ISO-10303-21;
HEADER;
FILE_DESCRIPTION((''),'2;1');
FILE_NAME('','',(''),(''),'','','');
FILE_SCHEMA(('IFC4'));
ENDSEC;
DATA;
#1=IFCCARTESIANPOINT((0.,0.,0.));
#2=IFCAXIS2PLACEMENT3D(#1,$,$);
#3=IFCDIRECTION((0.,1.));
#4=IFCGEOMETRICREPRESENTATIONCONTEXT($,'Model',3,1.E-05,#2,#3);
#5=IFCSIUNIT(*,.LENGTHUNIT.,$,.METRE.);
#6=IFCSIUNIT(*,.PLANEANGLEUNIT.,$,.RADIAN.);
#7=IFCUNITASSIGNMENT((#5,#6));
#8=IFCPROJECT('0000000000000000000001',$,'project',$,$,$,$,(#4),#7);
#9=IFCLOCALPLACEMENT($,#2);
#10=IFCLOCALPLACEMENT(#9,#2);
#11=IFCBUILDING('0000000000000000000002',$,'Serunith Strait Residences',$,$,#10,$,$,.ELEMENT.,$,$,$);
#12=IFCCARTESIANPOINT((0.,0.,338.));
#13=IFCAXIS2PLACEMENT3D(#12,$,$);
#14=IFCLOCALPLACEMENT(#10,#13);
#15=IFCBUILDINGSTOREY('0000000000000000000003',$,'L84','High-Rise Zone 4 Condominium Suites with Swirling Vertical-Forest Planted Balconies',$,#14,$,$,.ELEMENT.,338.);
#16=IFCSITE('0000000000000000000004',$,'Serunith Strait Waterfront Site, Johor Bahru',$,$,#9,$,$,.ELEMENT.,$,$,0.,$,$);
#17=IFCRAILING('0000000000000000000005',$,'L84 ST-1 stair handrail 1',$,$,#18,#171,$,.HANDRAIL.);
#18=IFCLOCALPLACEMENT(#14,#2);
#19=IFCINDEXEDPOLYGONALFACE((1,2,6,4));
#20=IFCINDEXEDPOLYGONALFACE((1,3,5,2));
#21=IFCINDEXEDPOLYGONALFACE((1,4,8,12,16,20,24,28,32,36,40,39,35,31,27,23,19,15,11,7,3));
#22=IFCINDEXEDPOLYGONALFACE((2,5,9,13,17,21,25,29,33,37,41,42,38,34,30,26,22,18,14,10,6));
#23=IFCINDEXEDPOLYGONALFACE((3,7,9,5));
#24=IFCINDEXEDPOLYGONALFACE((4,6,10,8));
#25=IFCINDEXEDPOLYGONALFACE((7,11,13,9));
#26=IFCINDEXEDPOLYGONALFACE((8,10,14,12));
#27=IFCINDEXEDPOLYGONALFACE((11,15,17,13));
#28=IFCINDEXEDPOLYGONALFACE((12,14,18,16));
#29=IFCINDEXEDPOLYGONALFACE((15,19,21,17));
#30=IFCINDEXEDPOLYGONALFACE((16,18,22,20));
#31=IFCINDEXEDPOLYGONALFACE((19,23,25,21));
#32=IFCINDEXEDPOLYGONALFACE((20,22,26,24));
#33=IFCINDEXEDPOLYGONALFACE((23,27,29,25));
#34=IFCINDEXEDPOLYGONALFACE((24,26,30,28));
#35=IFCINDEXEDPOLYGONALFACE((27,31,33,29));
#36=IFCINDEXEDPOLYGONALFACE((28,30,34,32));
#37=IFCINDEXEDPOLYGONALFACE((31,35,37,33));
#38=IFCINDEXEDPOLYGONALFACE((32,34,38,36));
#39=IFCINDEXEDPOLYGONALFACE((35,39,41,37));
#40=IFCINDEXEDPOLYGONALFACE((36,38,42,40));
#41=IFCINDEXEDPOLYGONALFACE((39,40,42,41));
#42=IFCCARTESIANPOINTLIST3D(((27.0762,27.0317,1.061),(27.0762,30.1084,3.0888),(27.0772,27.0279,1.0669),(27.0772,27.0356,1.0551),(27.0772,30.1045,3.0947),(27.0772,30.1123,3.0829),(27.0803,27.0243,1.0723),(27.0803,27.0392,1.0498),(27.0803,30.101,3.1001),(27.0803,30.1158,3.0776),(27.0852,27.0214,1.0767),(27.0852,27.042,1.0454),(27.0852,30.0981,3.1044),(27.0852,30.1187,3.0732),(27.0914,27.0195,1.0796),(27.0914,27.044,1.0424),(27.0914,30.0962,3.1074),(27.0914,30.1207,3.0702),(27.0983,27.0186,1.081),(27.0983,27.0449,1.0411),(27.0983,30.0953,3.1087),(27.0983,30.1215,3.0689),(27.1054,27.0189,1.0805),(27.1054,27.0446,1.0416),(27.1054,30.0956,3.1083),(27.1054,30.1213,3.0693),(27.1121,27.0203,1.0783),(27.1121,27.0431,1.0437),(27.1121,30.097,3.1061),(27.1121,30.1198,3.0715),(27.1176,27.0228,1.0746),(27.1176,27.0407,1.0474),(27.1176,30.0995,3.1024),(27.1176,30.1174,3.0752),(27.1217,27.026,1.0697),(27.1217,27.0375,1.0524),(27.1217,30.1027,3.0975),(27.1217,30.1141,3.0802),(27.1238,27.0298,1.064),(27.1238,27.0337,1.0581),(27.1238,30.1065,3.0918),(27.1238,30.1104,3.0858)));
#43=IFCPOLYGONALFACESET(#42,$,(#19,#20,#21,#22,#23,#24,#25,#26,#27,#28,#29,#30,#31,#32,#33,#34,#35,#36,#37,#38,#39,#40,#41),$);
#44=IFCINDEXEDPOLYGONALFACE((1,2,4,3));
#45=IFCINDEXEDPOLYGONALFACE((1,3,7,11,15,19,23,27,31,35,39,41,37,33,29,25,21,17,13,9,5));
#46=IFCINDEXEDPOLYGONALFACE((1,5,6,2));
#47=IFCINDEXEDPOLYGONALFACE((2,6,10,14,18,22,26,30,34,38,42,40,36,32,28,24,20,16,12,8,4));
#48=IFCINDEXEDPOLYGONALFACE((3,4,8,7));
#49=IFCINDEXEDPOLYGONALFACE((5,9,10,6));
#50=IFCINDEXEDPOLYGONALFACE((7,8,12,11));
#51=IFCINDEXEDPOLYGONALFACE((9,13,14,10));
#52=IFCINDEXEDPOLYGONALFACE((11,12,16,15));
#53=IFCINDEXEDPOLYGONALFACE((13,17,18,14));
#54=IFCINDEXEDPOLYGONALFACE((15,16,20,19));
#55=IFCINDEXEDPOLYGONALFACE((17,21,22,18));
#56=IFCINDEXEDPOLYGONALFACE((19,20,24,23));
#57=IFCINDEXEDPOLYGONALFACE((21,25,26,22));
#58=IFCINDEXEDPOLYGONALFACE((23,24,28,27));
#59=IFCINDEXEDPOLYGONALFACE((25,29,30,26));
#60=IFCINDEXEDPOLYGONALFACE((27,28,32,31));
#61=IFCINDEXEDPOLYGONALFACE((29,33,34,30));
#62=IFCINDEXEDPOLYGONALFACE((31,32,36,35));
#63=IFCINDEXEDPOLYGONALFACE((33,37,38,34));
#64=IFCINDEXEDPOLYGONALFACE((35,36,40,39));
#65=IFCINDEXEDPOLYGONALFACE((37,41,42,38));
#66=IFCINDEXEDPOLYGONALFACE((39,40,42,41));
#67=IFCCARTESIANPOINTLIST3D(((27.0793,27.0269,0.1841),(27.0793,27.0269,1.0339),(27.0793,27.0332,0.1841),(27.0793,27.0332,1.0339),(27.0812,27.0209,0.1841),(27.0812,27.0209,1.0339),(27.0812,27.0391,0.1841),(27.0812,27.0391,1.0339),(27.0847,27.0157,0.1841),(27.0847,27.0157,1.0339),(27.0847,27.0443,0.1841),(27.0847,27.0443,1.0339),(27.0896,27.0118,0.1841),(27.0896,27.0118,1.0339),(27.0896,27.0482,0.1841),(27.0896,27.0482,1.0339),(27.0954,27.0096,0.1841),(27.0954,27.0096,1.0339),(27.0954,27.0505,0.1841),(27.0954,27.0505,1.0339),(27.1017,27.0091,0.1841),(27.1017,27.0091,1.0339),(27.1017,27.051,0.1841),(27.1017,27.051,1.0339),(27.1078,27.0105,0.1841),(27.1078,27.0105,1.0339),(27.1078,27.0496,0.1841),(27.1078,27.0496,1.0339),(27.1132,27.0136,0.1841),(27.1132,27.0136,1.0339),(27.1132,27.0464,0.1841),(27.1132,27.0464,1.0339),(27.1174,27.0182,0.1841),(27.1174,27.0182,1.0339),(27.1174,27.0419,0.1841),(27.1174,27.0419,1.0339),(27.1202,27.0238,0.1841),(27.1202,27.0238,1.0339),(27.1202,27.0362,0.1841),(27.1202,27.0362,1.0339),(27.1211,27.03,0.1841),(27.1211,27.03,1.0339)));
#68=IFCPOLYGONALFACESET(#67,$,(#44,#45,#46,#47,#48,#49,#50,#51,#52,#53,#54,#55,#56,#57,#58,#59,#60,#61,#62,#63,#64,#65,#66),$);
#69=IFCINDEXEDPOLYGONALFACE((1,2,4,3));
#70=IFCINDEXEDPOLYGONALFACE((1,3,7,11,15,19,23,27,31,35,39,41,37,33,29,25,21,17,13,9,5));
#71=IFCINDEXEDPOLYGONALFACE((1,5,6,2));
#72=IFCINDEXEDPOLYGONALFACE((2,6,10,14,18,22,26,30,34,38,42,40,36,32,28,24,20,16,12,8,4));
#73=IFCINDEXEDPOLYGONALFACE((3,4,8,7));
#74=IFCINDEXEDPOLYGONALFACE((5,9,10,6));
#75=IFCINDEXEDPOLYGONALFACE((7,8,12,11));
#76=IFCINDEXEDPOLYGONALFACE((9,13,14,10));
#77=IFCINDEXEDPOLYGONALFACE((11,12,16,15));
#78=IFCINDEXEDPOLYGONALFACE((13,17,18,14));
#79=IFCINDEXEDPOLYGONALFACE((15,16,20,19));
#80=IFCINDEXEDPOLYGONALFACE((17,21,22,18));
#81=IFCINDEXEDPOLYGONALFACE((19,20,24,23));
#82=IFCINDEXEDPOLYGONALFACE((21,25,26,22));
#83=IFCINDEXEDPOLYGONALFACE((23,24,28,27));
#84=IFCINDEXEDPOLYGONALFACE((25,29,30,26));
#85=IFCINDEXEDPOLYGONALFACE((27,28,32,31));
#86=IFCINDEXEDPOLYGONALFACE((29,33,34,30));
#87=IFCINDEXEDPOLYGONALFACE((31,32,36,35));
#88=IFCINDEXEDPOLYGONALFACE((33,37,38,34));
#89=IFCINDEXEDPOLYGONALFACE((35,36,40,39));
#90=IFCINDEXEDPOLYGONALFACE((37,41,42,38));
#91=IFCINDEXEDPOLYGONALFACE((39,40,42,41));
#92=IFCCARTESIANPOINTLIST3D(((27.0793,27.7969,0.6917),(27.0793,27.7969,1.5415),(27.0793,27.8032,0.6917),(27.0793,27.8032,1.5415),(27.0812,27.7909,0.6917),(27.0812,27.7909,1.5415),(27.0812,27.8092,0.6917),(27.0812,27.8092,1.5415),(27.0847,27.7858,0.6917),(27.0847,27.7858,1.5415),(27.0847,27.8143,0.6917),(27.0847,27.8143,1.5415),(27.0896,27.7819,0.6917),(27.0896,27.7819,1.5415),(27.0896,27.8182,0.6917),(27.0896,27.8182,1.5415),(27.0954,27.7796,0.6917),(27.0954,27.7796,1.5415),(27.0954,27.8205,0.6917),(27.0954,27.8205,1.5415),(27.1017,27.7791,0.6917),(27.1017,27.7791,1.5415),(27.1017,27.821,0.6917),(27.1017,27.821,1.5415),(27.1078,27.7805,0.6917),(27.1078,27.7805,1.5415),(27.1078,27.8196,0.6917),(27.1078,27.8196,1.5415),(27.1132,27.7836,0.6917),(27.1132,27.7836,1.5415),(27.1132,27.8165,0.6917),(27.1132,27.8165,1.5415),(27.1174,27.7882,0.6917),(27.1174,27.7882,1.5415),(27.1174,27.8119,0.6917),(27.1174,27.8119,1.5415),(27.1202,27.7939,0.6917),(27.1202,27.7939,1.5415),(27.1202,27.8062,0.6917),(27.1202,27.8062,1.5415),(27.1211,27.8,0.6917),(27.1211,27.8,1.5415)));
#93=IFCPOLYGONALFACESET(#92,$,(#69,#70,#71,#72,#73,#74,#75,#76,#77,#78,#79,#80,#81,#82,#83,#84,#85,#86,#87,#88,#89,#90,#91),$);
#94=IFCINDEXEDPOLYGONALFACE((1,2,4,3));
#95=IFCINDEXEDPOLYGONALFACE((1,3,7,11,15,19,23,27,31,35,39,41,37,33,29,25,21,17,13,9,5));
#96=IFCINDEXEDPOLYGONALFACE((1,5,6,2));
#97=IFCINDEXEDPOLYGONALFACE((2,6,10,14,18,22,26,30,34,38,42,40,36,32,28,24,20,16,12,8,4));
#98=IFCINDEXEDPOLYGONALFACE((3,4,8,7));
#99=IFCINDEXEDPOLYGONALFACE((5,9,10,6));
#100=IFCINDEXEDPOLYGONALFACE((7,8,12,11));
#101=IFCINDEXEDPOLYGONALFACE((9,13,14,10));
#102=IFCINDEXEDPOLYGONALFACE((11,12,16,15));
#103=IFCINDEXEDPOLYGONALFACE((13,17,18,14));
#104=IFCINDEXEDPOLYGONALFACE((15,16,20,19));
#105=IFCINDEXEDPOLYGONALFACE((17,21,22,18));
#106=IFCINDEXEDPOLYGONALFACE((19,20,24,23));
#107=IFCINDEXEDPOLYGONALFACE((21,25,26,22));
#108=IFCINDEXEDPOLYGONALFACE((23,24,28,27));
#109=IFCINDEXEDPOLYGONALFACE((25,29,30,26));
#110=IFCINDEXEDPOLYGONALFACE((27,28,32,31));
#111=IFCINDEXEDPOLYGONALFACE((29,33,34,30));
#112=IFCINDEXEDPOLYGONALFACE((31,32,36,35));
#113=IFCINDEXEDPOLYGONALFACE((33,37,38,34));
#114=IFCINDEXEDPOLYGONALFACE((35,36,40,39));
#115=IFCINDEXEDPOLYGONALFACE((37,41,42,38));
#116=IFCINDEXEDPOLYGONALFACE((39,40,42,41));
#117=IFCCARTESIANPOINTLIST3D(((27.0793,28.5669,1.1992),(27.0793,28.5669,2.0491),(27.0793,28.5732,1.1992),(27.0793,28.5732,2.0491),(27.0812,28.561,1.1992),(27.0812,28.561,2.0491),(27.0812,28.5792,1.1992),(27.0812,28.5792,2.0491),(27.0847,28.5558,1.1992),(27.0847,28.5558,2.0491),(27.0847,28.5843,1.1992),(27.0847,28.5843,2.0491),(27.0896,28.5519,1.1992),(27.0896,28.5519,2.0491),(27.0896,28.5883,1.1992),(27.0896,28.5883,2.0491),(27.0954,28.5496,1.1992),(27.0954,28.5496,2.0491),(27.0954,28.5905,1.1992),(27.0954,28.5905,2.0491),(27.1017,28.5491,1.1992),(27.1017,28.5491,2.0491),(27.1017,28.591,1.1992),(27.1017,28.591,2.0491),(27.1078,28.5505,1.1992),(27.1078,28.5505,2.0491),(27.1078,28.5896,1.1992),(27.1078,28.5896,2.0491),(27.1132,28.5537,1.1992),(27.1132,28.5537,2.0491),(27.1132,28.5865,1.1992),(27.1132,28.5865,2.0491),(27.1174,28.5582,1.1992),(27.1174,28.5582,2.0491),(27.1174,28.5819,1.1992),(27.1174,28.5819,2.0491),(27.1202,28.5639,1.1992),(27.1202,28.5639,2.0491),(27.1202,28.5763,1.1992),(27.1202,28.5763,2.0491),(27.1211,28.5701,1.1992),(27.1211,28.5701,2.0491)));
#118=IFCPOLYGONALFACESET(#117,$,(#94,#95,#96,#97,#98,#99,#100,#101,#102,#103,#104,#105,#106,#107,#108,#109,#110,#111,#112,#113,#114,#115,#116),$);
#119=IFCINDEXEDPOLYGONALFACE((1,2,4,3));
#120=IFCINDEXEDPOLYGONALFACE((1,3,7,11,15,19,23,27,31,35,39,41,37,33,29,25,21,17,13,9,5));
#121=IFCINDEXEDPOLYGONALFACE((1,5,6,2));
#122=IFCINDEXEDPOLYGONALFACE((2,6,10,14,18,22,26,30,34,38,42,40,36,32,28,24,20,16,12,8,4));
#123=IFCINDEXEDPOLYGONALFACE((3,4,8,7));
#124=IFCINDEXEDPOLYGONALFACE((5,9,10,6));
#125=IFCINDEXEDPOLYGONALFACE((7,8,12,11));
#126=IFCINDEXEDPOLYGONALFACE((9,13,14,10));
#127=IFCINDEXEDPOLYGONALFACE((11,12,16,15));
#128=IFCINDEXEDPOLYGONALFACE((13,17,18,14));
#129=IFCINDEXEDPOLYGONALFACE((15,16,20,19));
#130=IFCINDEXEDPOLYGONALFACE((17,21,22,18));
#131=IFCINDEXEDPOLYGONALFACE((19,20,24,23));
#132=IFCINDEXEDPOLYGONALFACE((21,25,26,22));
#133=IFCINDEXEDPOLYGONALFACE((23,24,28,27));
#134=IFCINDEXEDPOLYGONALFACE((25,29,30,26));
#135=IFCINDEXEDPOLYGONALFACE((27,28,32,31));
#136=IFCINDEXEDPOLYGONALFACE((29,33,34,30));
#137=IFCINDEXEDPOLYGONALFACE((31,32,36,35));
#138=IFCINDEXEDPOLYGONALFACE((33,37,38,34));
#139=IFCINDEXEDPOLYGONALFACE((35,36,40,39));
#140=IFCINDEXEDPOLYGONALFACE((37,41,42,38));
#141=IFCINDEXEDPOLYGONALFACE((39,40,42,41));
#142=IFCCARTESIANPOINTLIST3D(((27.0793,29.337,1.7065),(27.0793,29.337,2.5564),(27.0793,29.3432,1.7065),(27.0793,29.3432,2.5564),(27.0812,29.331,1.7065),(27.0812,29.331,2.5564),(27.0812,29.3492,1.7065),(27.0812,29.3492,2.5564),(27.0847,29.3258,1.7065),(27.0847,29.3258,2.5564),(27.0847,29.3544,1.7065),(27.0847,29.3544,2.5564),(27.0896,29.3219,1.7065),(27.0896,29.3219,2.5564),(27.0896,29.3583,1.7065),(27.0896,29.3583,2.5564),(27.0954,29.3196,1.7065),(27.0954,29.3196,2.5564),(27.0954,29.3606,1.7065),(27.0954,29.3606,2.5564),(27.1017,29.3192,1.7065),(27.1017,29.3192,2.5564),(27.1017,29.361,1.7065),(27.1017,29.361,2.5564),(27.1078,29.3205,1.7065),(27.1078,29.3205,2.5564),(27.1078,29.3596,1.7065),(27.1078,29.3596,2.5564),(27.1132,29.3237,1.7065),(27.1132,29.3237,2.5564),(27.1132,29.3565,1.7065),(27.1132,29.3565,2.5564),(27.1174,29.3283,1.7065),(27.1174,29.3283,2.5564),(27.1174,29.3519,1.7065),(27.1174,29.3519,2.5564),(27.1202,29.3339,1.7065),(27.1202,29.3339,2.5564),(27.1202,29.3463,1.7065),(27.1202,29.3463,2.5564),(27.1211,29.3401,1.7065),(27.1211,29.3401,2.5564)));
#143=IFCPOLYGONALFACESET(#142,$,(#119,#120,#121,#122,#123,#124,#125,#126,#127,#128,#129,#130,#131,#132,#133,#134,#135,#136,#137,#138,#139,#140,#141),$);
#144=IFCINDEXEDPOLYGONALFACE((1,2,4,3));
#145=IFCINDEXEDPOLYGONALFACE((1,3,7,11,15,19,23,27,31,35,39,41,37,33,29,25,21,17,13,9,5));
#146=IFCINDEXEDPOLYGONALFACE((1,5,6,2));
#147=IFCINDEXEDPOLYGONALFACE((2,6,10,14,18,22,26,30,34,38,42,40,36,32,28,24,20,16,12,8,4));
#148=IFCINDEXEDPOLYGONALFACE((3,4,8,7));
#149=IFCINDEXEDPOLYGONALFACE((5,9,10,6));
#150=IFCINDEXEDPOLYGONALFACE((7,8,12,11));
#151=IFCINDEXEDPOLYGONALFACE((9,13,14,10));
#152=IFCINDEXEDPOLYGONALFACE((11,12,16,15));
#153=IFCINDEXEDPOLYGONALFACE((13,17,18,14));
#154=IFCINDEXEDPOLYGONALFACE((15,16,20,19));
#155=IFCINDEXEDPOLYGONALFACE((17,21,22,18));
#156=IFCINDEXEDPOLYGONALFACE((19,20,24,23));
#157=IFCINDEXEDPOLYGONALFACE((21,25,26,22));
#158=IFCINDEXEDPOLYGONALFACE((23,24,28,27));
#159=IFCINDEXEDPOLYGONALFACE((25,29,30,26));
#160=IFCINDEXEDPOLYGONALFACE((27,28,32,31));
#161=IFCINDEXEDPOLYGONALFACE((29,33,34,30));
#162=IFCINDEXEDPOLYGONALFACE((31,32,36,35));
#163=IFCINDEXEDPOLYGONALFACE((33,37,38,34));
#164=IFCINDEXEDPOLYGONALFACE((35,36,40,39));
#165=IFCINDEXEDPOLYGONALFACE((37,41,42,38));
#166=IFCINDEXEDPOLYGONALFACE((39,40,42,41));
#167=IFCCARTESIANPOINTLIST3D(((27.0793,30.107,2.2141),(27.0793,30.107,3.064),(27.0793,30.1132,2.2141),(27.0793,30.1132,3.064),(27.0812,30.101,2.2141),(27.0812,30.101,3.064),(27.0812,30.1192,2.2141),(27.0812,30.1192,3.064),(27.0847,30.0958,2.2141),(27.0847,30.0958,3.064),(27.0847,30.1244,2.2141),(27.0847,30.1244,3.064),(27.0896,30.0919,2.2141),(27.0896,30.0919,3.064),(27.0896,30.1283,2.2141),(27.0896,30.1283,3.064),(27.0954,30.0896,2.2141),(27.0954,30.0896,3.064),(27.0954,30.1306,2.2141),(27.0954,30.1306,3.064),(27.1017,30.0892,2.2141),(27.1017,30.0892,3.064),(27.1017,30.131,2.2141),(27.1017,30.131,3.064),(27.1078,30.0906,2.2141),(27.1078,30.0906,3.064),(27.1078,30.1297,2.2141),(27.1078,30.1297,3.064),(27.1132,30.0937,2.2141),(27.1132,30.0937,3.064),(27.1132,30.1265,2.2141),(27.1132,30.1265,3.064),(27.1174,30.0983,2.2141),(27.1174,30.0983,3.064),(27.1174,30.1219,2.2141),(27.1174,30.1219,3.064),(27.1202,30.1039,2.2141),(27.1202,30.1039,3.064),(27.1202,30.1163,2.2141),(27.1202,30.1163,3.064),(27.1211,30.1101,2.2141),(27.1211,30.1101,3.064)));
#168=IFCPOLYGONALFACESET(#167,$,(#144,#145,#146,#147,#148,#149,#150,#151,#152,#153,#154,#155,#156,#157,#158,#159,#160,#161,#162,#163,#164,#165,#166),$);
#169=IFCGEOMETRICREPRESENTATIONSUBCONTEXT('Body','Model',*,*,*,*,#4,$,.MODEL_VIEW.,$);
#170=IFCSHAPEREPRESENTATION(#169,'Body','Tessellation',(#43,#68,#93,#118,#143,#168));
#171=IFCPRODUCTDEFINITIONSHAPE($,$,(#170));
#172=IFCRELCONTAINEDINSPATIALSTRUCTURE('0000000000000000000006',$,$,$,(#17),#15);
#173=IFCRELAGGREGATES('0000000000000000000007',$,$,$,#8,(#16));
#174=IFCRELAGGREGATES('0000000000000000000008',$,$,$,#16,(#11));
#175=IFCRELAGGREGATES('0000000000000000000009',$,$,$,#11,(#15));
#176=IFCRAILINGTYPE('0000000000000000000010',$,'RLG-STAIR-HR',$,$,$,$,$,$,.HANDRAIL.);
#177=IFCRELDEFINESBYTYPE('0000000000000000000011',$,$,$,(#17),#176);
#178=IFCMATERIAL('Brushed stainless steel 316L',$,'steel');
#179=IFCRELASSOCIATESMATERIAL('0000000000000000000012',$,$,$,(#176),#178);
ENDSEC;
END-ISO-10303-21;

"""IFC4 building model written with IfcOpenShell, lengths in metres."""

from ifc_helpers import new_model, si_unit, direction, frame, origin, origin_2d, place, context, subcontext, project, spatial, circle, extrude, material, type_object, element, save


model = new_model("IFC4")

# Units and contexts
model_context = context("Model", 3, precision=1e-05, world=origin(), true_north=direction((0.0, 1.0)))
body_context = subcontext(model_context, "Body", "Model", "MODEL_VIEW")
ifc_project = project(units=[si_unit("LENGTHUNIT", "METRE"), si_unit("PLANEANGLEUNIT", "RADIAN")], contexts=[model_context])

# Site, building, storey
site_placement = place(None, origin())
site = spatial("IfcSite", under=ifc_project, at=site_placement, Name="Serunith Strait Waterfront Site, Johor Bahru", CompositionType="ELEMENT", RefElevation=0.0)
building_placement = place(site_placement, origin())
building = spatial("IfcBuilding", under=site, at=building_placement, Name="Serunith Strait Residences", CompositionType="ELEMENT")
storey_placement = place(building_placement, frame((0.0, 0.0, 338.0)))
storey = spatial("IfcBuildingStorey", under=building, at=storey_placement, Name="L84", Description="High-Rise Zone 4 Condominium Suites with Swirling Vertical-Forest Planted Balconies", CompositionType="ELEMENT", Elevation=338.0)

# Railing
ifc_material_1 = material(Name="Brushed stainless steel 316L", Category="steel")
railing_type_1 = type_object("IfcRailingType", Name="RLG-STAIR-HR", PredefinedType="HANDRAIL", material=ifc_material_1)
railing_1_placement = place(storey_placement, frame((27.1001, 27.03, 0.1841)))
element("IfcRailing", 1, at=railing_1_placement, inside=storey, type_object=railing_type_1, Name="L84 ST-1 stair handrail 1", PredefinedType="HANDRAIL", context=body_context, shape_type="SweptSolid", body=[
    extrude(circle(Radius=0.0239, at=origin_2d()), frame((0.0, 0.0017, 0.877), z_axis=(0.0, 0.834961, 0.550309), x_axis=(-1.0, 0.0, 0.0)), (0.0, 0.0, 1.0), 3.6848),
    extrude(circle(Radius=0.021, at=origin_2d()), origin(), (0.0, 0.0, 1.0), 0.8499),
    extrude(circle(Radius=0.021, at=origin_2d()), frame((0.0, 0.77, 0.5076)), (0.0, 0.0, 1.0), 0.8499),
    extrude(circle(Radius=0.021, at=origin_2d()), frame((0.0, 1.54, 1.0151)), (0.0, 0.0, 1.0), 0.8499),
    extrude(circle(Radius=0.021, at=origin_2d()), frame((0.0, 2.3101, 1.5225)), (0.0, 0.0, 1.0), 0.8499),
    extrude(circle(Radius=0.021, at=origin_2d()), frame((0.0, 3.0801, 2.03)), (0.0, 0.0, 1.0), 0.8499),
])

save(model, "model.ifc")
